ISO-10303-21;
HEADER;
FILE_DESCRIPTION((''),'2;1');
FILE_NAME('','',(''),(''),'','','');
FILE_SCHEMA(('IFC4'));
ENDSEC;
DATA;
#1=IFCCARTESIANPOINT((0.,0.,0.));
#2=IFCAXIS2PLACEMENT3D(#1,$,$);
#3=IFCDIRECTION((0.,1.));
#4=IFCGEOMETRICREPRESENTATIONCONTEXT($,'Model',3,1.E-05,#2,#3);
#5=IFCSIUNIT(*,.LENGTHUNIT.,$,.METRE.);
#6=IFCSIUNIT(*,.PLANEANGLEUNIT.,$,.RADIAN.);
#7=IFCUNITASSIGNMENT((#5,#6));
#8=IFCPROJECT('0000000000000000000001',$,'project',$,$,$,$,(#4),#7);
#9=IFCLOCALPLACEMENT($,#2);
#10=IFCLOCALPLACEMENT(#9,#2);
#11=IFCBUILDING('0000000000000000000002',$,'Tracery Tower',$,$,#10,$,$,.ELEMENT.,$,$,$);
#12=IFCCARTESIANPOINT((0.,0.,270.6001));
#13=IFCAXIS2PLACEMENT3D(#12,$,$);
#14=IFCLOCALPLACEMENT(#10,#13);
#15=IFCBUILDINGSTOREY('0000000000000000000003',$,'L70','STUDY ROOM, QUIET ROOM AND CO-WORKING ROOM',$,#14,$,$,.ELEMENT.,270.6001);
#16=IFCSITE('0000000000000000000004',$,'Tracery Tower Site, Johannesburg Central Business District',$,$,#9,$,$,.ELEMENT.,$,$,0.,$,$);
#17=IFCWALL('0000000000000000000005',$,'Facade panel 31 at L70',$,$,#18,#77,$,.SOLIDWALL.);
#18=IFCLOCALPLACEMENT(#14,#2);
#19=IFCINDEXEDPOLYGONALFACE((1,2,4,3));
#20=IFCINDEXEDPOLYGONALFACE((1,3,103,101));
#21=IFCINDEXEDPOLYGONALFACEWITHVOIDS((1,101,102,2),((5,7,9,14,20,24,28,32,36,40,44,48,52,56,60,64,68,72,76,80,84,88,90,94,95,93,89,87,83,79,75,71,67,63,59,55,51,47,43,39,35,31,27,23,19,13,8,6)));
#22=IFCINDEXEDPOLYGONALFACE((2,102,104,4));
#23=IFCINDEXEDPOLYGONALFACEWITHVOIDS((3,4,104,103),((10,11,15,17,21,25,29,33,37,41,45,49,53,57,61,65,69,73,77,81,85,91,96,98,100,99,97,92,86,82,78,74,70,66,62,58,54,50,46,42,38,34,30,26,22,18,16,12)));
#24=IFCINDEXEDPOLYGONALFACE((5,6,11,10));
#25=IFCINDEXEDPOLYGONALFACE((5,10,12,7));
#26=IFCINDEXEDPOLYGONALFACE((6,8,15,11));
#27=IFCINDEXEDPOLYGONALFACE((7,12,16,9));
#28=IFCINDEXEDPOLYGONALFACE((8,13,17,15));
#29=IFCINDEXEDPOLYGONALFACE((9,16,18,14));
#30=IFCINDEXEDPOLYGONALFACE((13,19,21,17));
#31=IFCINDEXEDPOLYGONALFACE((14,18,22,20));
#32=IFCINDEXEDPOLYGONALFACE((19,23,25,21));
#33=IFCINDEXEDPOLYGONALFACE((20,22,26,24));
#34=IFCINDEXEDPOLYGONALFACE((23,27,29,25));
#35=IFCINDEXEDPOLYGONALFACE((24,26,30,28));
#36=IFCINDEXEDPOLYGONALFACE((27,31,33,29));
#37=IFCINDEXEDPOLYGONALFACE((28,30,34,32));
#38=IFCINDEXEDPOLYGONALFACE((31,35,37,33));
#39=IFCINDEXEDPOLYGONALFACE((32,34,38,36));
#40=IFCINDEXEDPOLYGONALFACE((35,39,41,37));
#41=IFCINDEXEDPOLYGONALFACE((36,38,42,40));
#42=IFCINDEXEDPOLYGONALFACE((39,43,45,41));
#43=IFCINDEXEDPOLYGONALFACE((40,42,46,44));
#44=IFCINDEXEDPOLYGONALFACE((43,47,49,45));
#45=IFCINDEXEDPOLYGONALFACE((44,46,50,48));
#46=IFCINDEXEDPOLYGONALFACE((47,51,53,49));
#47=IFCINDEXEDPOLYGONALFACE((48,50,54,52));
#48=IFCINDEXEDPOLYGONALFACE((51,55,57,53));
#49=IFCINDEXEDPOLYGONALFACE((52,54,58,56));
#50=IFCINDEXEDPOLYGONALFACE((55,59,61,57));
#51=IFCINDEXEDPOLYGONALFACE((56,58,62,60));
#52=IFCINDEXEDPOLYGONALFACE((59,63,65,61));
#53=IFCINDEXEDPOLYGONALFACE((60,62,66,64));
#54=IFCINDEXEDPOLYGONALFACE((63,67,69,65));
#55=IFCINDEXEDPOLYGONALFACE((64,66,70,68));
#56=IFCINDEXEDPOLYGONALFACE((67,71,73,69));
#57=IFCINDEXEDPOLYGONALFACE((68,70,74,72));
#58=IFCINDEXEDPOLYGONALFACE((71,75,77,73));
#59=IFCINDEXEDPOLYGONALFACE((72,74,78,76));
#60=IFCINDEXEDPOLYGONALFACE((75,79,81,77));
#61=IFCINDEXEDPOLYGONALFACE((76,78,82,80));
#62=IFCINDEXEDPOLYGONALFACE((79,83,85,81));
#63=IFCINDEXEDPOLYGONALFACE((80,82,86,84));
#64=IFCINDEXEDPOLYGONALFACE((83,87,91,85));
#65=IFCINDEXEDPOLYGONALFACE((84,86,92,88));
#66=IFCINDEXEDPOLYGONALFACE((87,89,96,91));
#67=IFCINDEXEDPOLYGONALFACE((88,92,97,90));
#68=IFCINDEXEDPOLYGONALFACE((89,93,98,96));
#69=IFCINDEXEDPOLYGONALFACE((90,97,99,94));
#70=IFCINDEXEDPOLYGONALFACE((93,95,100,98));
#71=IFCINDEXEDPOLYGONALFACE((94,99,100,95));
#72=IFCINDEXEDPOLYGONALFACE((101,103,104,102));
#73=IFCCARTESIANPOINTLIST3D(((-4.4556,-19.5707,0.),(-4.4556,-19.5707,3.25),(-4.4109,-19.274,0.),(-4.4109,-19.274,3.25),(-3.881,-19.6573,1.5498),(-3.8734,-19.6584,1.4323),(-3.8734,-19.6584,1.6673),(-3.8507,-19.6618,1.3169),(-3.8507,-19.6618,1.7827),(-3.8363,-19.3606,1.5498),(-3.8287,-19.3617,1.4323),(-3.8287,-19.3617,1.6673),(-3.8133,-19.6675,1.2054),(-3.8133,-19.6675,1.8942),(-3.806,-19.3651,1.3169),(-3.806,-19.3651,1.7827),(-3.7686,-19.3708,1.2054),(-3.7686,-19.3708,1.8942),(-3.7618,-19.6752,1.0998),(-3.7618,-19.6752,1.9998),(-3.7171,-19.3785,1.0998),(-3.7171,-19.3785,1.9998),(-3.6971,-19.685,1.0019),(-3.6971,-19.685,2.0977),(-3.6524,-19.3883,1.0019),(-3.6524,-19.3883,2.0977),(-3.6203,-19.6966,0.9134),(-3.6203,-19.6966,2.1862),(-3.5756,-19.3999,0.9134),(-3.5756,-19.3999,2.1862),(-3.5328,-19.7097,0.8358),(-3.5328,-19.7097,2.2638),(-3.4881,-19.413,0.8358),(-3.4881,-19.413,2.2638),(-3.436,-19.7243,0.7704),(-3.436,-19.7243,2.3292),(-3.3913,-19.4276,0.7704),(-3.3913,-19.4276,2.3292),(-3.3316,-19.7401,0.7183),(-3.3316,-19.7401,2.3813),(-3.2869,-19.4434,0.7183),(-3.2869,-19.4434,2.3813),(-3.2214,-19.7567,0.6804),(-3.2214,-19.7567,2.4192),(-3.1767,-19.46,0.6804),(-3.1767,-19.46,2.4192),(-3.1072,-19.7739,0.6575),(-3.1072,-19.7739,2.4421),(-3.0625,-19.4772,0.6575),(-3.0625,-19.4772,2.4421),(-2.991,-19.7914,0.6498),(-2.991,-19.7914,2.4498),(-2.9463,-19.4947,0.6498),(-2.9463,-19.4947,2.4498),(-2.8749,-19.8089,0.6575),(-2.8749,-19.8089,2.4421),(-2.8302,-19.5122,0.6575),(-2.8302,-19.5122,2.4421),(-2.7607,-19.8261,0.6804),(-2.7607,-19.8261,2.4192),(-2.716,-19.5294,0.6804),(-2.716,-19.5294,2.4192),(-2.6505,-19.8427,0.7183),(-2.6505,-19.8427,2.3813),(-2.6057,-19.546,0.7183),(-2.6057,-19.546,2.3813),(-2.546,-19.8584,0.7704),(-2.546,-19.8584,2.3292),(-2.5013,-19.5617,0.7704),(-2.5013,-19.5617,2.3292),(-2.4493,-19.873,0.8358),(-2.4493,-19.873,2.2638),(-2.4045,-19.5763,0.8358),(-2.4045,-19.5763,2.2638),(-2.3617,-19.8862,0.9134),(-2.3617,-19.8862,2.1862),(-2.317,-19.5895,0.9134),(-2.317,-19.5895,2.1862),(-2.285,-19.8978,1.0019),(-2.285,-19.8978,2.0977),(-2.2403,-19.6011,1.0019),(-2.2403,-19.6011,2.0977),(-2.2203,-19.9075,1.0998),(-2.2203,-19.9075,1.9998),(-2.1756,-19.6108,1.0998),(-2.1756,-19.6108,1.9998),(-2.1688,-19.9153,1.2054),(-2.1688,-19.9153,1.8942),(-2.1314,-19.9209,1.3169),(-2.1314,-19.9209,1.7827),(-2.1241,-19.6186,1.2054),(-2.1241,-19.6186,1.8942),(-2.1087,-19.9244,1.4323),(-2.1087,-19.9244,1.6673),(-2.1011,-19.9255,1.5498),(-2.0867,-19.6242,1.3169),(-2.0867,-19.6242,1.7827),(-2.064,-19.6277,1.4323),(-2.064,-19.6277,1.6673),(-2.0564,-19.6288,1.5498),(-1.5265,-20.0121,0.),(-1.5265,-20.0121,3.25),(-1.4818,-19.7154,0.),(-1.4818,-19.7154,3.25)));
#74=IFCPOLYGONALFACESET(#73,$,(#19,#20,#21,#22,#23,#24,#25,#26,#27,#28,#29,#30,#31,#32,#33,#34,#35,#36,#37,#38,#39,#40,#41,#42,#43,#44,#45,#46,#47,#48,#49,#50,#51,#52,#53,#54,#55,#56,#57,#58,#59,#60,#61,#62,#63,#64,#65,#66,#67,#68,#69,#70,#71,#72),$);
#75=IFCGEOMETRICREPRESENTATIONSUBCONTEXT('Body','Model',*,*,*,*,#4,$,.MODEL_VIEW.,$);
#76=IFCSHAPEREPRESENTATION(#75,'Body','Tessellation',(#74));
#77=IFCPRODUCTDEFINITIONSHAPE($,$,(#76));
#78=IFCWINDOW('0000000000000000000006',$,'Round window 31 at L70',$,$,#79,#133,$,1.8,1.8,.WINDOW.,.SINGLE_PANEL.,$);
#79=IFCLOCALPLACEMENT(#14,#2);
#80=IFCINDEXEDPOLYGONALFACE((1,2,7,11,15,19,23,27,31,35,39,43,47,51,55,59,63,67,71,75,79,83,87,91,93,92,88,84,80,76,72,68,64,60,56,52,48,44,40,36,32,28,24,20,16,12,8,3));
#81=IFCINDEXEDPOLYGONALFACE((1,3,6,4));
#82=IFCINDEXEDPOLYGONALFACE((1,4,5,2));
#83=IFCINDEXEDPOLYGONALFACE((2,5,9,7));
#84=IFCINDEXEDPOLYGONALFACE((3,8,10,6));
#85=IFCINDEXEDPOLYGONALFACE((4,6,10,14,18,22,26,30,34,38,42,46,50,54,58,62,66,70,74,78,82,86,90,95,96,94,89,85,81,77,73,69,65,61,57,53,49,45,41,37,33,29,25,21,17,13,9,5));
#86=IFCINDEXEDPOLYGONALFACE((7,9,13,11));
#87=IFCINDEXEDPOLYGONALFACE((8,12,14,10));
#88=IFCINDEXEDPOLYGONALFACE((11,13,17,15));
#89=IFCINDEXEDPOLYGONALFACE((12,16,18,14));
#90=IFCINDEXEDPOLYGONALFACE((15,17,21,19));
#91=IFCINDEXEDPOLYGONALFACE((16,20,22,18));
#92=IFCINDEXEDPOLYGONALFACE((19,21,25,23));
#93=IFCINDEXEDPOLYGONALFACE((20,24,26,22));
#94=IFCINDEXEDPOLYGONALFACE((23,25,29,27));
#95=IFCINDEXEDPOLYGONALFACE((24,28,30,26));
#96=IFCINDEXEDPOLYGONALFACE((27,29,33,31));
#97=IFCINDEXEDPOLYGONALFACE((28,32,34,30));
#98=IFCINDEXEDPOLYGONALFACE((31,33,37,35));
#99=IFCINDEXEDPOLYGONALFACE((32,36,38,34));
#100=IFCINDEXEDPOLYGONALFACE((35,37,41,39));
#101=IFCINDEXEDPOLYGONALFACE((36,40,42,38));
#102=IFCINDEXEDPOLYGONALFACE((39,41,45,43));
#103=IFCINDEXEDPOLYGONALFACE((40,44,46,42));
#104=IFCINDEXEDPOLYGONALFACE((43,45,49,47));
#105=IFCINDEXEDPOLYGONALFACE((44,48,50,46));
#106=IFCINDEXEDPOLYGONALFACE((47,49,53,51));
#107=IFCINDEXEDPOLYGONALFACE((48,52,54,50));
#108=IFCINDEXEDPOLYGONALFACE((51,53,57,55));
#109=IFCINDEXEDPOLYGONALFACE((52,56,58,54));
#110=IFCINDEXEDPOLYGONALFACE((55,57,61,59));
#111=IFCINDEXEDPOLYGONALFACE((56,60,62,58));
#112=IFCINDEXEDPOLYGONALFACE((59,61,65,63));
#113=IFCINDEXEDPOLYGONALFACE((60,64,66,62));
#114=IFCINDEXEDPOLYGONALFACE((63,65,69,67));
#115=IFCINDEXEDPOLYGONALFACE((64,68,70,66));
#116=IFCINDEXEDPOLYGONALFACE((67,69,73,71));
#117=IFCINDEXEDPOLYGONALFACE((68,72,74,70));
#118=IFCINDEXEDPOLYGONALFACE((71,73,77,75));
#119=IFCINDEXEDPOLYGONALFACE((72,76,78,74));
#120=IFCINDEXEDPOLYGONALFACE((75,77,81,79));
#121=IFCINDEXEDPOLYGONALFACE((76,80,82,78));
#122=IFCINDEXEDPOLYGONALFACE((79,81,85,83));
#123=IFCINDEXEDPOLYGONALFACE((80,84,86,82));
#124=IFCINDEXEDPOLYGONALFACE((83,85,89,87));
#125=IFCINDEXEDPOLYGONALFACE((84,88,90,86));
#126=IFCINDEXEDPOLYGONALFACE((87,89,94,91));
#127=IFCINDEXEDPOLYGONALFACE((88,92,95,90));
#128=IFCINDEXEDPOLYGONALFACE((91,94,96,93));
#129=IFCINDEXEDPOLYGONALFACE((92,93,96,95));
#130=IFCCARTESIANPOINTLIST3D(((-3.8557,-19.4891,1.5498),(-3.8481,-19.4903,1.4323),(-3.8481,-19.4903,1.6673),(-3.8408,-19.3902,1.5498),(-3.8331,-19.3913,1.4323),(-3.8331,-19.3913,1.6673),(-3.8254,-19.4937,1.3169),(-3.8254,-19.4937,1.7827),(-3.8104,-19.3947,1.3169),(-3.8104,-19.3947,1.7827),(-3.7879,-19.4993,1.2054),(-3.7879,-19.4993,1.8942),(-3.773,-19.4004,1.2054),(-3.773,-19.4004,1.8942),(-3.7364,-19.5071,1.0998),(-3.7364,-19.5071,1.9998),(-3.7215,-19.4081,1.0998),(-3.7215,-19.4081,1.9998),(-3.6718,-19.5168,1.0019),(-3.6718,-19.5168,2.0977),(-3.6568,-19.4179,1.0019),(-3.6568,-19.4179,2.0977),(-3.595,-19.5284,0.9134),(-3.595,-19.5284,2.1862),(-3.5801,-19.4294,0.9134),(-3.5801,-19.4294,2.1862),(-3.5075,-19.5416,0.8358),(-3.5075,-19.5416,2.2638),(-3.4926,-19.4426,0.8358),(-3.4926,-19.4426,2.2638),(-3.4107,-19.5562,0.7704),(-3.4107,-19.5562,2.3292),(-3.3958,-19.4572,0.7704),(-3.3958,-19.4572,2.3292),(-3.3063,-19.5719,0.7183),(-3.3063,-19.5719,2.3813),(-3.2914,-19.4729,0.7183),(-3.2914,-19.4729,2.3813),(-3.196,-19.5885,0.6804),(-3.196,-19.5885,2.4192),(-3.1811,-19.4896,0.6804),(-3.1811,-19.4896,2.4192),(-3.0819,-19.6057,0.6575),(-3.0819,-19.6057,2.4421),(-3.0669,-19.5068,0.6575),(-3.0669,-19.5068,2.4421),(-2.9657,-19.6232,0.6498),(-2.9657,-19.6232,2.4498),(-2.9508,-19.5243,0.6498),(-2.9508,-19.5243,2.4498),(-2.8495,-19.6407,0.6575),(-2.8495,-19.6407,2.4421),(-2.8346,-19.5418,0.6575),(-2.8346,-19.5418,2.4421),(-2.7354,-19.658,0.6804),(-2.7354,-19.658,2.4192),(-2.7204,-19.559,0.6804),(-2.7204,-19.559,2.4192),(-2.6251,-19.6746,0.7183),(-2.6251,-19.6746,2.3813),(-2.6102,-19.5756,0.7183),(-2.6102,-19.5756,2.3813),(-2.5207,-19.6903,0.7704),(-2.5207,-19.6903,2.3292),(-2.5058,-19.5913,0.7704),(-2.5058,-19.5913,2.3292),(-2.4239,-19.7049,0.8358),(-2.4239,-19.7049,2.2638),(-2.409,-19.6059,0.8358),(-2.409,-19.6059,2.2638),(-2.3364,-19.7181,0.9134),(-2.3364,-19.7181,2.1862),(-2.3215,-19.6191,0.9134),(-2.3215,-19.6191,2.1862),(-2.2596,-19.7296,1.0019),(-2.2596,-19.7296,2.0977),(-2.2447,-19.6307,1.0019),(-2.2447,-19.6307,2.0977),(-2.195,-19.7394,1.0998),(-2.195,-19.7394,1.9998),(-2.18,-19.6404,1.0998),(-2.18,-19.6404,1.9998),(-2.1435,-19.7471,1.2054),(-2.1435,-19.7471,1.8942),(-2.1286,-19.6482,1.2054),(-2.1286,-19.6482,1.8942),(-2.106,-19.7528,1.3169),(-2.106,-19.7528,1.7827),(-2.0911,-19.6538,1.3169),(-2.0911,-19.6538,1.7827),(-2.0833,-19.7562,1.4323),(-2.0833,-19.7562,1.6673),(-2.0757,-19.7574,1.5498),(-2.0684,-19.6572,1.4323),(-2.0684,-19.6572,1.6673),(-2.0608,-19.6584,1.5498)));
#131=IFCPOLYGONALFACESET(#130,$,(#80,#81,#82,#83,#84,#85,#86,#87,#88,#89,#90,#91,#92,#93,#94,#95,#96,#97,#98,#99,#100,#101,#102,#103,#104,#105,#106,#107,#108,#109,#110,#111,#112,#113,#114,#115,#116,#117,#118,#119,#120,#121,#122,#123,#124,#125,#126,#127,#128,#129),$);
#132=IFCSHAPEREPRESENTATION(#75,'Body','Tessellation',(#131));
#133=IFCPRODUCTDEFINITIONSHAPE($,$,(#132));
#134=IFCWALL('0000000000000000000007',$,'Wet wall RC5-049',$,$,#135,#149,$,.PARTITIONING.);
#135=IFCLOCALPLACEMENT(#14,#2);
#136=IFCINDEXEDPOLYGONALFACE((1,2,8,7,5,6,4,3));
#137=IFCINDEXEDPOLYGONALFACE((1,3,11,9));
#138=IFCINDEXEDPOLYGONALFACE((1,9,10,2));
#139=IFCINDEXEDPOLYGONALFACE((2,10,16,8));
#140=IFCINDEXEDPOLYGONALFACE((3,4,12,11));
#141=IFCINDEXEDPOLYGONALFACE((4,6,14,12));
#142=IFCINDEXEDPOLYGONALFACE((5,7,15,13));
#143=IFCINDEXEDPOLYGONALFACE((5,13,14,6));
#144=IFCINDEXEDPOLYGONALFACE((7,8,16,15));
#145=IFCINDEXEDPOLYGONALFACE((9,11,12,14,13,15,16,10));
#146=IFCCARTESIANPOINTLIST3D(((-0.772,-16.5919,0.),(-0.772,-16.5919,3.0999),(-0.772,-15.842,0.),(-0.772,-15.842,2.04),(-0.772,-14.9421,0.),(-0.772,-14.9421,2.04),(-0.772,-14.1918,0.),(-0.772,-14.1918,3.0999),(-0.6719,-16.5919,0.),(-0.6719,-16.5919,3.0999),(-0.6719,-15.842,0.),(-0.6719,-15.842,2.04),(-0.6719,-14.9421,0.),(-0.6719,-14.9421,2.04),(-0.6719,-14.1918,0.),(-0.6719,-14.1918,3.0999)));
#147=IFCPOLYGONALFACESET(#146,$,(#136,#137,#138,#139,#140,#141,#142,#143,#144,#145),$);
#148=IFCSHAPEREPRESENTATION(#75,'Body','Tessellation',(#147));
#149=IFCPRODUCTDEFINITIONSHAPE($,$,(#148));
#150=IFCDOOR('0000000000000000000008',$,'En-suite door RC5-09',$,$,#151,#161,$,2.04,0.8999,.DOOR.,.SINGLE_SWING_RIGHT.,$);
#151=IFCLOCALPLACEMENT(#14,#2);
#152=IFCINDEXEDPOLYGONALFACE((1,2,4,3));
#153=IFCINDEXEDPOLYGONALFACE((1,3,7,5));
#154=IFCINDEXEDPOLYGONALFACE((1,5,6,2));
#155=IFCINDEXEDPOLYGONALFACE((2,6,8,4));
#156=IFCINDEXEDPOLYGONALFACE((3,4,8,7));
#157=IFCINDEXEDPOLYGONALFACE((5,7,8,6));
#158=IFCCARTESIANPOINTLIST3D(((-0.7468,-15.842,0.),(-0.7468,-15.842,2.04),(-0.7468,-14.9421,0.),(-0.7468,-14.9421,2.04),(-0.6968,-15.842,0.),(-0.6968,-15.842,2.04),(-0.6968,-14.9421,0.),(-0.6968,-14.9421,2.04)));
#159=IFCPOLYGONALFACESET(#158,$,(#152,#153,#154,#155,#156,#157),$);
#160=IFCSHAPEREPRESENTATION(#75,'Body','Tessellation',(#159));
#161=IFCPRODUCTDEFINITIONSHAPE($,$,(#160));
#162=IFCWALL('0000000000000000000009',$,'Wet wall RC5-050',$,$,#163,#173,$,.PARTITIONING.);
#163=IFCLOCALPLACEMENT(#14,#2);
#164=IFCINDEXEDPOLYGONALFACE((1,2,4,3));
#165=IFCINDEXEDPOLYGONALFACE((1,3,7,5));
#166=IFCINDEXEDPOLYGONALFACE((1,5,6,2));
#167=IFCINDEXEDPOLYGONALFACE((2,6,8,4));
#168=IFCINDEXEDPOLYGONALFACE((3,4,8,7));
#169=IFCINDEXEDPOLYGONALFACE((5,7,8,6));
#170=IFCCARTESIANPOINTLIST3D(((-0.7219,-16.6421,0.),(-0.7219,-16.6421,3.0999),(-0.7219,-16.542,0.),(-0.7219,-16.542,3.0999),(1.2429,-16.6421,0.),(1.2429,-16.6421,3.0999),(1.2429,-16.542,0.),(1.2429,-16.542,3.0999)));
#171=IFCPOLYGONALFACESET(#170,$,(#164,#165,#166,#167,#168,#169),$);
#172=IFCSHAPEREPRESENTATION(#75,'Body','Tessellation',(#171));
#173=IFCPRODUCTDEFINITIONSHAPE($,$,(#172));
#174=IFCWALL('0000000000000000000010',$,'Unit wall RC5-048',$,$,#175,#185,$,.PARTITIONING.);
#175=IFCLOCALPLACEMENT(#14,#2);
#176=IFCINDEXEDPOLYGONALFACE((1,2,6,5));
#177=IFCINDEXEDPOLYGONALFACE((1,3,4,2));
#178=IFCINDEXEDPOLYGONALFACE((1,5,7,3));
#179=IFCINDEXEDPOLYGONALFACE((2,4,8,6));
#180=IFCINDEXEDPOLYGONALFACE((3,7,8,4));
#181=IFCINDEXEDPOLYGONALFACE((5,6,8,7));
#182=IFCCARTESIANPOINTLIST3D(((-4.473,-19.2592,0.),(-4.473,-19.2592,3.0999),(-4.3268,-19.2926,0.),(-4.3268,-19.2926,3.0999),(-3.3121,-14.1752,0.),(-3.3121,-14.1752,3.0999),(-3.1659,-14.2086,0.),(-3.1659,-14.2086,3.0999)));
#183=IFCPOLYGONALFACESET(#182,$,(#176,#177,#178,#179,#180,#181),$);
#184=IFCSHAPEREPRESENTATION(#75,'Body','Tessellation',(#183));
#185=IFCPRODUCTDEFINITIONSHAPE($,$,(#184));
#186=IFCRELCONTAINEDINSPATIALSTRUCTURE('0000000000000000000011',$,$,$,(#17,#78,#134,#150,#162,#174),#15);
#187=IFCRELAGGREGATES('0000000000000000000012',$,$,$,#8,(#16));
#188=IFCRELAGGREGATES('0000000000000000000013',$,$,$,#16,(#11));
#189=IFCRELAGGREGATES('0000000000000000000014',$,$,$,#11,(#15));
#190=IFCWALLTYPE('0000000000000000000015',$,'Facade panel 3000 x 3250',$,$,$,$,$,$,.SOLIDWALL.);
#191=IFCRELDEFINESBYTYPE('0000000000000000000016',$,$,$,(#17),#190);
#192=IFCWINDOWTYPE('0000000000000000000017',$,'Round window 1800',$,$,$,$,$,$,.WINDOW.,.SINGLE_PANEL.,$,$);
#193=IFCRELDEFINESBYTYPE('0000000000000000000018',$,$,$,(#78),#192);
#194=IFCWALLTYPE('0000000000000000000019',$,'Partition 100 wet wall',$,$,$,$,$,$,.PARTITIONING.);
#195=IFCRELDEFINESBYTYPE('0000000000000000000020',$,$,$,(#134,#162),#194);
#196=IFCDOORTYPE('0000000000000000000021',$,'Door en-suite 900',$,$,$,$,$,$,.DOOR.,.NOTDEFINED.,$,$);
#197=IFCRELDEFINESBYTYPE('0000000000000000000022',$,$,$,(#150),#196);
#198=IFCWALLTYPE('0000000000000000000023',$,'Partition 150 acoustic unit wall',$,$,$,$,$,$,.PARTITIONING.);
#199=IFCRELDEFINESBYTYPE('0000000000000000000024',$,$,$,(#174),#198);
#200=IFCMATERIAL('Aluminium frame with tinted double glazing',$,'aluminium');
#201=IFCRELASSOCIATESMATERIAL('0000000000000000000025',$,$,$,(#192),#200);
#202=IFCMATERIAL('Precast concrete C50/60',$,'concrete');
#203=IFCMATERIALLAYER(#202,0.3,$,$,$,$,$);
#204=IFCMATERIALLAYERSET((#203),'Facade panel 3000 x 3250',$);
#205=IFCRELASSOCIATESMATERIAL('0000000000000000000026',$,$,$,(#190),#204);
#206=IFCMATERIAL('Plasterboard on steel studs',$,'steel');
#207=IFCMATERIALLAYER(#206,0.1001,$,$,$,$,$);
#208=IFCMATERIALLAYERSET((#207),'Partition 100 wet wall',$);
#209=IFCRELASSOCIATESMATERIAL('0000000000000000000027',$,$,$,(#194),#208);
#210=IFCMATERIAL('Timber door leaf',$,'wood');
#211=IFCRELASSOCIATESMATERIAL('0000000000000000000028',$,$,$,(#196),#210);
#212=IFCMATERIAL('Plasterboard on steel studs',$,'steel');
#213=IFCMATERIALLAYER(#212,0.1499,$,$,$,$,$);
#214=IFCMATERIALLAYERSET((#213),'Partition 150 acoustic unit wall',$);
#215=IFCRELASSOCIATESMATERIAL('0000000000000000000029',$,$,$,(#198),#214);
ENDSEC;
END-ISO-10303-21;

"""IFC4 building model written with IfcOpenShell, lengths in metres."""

from ifc_helpers import new_model, si_unit, direction, frame, frame_2d, origin, origin_2d, place, context, subcontext, project, spatial, rectangle, circle, extrude, material, layer, layer_set, type_object, element, fill, save


model = new_model("IFC4")

# Units and contexts
model_context = context("Model", 3, precision=1e-05, world=origin(), true_north=direction((0.0, 1.0)))
body_context = subcontext(model_context, "Body", "Model", "MODEL_VIEW")
ifc_project = project(units=[si_unit("LENGTHUNIT", "METRE"), si_unit("PLANEANGLEUNIT", "RADIAN")], contexts=[model_context])

# Site, building, storey
site_placement = place(None, origin())
site = spatial("IfcSite", under=ifc_project, at=site_placement, Name="Tracery Tower Site, Johannesburg Central Business District", CompositionType="ELEMENT", RefElevation=0.0)
building_placement = place(site_placement, origin())
building = spatial("IfcBuilding", under=site, at=building_placement, Name="Tracery Tower", CompositionType="ELEMENT")
storey_placement = place(building_placement, frame((0.0, 0.0, 270.6001)))
storey = spatial("IfcBuildingStorey", under=building, at=storey_placement, Name="L70", Description="STUDY ROOM, QUIET ROOM AND CO-WORKING ROOM", CompositionType="ELEMENT", Elevation=270.6001)

# Wall, opening, window
ifc_material_1 = material(Name="Aluminium frame with tinted double glazing", Category="aluminium")
window_type = type_object("IfcWindowType", Name="Round window 1800", PartitioningType="SINGLE_PANEL", PredefinedType="WINDOW", material=ifc_material_1)
ifc_material_2 = material(Name="Precast concrete C50/60", Category="concrete")
ifc_layer_1 = layer(ifc_material_2, 0.3)
ifc_layer_set_1 = layer_set([ifc_layer_1], Name="Facade panel 3000 x 3250")
wall_type_1 = type_object("IfcWallType", Name="Facade panel 3000 x 3250", PredefinedType="SOLIDWALL", material=ifc_layer_set_1)
wall_1_placement = place(storey_placement, frame((-4.4331, -19.4224, 0.0), z_axis=(0.0, 0.0, 1.0), x_axis=(0.988836, -0.149009, 0.0)))
wall_1 = element("IfcWall", 1, at=wall_1_placement, inside=storey, type_object=wall_type_1, Name="Facade panel 31 at L70", PredefinedType="SOLIDWALL", context=body_context, shape_type="SweptSolid", body=[
    extrude(rectangle(XDim=2.9622, YDim=0.3, at=frame_2d((1.481, 0.0))), origin(), (0.0, 0.0, 1.0), 3.25),
])
opening_1_placement = place(wall_1_placement, frame((1.481, 0.0, 1.5498)))
opening_1 = element("IfcOpeningElement", 2, at=opening_1_placement, cuts=wall_1, PredefinedType="OPENING", context=body_context, shape_type="SweptSolid", body=[
    extrude(circle(Radius=0.9, at=origin_2d()), frame((0.0, 0.1599, 0.0), z_axis=(0.0, -1.0, 0.0), x_axis=(1.0, 0.0, 0.0)), (0.0, 0.0, 1.0), 0.3201),
])
window_1_placement = place(opening_1_placement, origin())
window_1 = element("IfcWindow", 3, at=window_1_placement, inside=storey, type_object=window_type, Name="Round window 31 at L70", OverallHeight=1.8, OverallWidth=1.8, PartitioningType="SINGLE_PANEL", PredefinedType="WINDOW", context=body_context, shape_type="SweptSolid", body=[
    extrude(circle(Radius=0.9, at=origin_2d()), frame((0.0, 0.1201, 0.0), z_axis=(0.0, -1.0, 0.0), x_axis=(1.0, 0.0, 0.0)), (0.0, 0.0, 1.0), 0.1001),
])
fill(opening_1, window_1)

# Wall, opening, door
ifc_material_3 = material(Name="Plasterboard on steel studs", Category="steel")
ifc_layer_2 = layer(ifc_material_3, 0.1001)
ifc_layer_set_2 = layer_set([ifc_layer_2], Name="Partition 100 wet wall")
wall_type_2 = type_object("IfcWallType", Name="Partition 100 wet wall", PredefinedType="PARTITIONING", material=ifc_layer_set_2)
wall_2_placement = place(storey_placement, frame((-0.7219, -16.592, 0.0), z_axis=(0.0, 0.0, 1.0), x_axis=(0.0, 1.0, 0.0)))
wall_2 = element("IfcWall", 4, at=wall_2_placement, inside=storey, type_object=wall_type_2, Name="Wet wall RC5-049", PredefinedType="PARTITIONING", context=body_context, shape_type="SweptSolid", body=[
    extrude(rectangle(XDim=2.4001, YDim=0.1001, at=frame_2d((1.2002, 0.0))), origin(), (0.0, 0.0, 1.0), 3.0999),
])
opening_2_placement = place(wall_2_placement, frame((0.75, 0.0, 0.0)))
opening_2 = element("IfcOpeningElement", 5, at=opening_2_placement, cuts=wall_2, PredefinedType="OPENING", context=body_context, shape_type="SweptSolid", body=[
    extrude(rectangle(XDim=0.8999, YDim=2.04, at=frame_2d((0.45, 1.02))), frame((0.0, 0.05, 0.0), z_axis=(0.0, -1.0, 0.0), x_axis=(1.0, 0.0, 0.0)), (0.0, 0.0, 1.0), 0.1001),
])
ifc_material_4 = material(Name="Timber door leaf", Category="wood")
door_type_1 = type_object("IfcDoorType", Name="Door en-suite 900", OperationType="NOTDEFINED", PredefinedType="DOOR", material=ifc_material_4)
door_1_placement = place(opening_2_placement, origin())
door_1 = element("IfcDoor", 6, at=door_1_placement, inside=storey, type_object=door_type_1, Name="En-suite door RC5-09", OperationType="SINGLE_SWING_RIGHT", OverallHeight=2.04, OverallWidth=0.8999, PredefinedType="DOOR", context=body_context, shape_type="SweptSolid", body=[
    extrude(rectangle(XDim=0.8999, YDim=2.04, at=frame_2d((0.45, 1.02))), frame((0.0, 0.0249, 0.0), z_axis=(0.0, -1.0, 0.0), x_axis=(1.0, 0.0, 0.0)), (0.0, 0.0, 1.0), 0.05),
])
fill(opening_2, door_1)

# Walls
wall_3_placement = place(storey_placement, frame((-0.7219, -16.592, 0.0), z_axis=(0.0, 0.0, 1.0), x_axis=(1.0, 0.0, 0.0)))
element("IfcWall", 7, at=wall_3_placement, inside=storey, type_object=wall_type_2, Name="Wet wall RC5-050", PredefinedType="PARTITIONING", context=body_context, shape_type="SweptSolid", body=[
    extrude(rectangle(XDim=1.9648, YDim=0.1001, at=frame_2d((0.9824, 0.0))), origin(), (0.0, 0.0, 1.0), 3.0999),
])
ifc_material_5 = material(Name="Plasterboard on steel studs", Category="steel")
ifc_layer_3 = layer(ifc_material_5, 0.1499)
ifc_layer_set_3 = layer_set([ifc_layer_3], Name="Partition 150 acoustic unit wall")
wall_type_3 = type_object("IfcWallType", Name="Partition 150 acoustic unit wall", PredefinedType="PARTITIONING", material=ifc_layer_set_3)
wall_4_placement = place(storey_placement, frame((-4.3999, -19.2759, 0.0), z_axis=(0.0, 0.0, 1.0), x_axis=(0.222613, 0.974907, 0.0)))
element("IfcWall", 8, at=wall_4_placement, inside=storey, type_object=wall_type_3, Name="Unit wall RC5-048", PredefinedType="PARTITIONING", context=body_context, shape_type="SweptSolid", body=[
    extrude(rectangle(XDim=5.2148, YDim=0.1499, at=frame_2d((2.6074, 0.0))), origin(), (0.0, 0.0, 1.0), 3.0999),
])

save(model, "model.ifc")
